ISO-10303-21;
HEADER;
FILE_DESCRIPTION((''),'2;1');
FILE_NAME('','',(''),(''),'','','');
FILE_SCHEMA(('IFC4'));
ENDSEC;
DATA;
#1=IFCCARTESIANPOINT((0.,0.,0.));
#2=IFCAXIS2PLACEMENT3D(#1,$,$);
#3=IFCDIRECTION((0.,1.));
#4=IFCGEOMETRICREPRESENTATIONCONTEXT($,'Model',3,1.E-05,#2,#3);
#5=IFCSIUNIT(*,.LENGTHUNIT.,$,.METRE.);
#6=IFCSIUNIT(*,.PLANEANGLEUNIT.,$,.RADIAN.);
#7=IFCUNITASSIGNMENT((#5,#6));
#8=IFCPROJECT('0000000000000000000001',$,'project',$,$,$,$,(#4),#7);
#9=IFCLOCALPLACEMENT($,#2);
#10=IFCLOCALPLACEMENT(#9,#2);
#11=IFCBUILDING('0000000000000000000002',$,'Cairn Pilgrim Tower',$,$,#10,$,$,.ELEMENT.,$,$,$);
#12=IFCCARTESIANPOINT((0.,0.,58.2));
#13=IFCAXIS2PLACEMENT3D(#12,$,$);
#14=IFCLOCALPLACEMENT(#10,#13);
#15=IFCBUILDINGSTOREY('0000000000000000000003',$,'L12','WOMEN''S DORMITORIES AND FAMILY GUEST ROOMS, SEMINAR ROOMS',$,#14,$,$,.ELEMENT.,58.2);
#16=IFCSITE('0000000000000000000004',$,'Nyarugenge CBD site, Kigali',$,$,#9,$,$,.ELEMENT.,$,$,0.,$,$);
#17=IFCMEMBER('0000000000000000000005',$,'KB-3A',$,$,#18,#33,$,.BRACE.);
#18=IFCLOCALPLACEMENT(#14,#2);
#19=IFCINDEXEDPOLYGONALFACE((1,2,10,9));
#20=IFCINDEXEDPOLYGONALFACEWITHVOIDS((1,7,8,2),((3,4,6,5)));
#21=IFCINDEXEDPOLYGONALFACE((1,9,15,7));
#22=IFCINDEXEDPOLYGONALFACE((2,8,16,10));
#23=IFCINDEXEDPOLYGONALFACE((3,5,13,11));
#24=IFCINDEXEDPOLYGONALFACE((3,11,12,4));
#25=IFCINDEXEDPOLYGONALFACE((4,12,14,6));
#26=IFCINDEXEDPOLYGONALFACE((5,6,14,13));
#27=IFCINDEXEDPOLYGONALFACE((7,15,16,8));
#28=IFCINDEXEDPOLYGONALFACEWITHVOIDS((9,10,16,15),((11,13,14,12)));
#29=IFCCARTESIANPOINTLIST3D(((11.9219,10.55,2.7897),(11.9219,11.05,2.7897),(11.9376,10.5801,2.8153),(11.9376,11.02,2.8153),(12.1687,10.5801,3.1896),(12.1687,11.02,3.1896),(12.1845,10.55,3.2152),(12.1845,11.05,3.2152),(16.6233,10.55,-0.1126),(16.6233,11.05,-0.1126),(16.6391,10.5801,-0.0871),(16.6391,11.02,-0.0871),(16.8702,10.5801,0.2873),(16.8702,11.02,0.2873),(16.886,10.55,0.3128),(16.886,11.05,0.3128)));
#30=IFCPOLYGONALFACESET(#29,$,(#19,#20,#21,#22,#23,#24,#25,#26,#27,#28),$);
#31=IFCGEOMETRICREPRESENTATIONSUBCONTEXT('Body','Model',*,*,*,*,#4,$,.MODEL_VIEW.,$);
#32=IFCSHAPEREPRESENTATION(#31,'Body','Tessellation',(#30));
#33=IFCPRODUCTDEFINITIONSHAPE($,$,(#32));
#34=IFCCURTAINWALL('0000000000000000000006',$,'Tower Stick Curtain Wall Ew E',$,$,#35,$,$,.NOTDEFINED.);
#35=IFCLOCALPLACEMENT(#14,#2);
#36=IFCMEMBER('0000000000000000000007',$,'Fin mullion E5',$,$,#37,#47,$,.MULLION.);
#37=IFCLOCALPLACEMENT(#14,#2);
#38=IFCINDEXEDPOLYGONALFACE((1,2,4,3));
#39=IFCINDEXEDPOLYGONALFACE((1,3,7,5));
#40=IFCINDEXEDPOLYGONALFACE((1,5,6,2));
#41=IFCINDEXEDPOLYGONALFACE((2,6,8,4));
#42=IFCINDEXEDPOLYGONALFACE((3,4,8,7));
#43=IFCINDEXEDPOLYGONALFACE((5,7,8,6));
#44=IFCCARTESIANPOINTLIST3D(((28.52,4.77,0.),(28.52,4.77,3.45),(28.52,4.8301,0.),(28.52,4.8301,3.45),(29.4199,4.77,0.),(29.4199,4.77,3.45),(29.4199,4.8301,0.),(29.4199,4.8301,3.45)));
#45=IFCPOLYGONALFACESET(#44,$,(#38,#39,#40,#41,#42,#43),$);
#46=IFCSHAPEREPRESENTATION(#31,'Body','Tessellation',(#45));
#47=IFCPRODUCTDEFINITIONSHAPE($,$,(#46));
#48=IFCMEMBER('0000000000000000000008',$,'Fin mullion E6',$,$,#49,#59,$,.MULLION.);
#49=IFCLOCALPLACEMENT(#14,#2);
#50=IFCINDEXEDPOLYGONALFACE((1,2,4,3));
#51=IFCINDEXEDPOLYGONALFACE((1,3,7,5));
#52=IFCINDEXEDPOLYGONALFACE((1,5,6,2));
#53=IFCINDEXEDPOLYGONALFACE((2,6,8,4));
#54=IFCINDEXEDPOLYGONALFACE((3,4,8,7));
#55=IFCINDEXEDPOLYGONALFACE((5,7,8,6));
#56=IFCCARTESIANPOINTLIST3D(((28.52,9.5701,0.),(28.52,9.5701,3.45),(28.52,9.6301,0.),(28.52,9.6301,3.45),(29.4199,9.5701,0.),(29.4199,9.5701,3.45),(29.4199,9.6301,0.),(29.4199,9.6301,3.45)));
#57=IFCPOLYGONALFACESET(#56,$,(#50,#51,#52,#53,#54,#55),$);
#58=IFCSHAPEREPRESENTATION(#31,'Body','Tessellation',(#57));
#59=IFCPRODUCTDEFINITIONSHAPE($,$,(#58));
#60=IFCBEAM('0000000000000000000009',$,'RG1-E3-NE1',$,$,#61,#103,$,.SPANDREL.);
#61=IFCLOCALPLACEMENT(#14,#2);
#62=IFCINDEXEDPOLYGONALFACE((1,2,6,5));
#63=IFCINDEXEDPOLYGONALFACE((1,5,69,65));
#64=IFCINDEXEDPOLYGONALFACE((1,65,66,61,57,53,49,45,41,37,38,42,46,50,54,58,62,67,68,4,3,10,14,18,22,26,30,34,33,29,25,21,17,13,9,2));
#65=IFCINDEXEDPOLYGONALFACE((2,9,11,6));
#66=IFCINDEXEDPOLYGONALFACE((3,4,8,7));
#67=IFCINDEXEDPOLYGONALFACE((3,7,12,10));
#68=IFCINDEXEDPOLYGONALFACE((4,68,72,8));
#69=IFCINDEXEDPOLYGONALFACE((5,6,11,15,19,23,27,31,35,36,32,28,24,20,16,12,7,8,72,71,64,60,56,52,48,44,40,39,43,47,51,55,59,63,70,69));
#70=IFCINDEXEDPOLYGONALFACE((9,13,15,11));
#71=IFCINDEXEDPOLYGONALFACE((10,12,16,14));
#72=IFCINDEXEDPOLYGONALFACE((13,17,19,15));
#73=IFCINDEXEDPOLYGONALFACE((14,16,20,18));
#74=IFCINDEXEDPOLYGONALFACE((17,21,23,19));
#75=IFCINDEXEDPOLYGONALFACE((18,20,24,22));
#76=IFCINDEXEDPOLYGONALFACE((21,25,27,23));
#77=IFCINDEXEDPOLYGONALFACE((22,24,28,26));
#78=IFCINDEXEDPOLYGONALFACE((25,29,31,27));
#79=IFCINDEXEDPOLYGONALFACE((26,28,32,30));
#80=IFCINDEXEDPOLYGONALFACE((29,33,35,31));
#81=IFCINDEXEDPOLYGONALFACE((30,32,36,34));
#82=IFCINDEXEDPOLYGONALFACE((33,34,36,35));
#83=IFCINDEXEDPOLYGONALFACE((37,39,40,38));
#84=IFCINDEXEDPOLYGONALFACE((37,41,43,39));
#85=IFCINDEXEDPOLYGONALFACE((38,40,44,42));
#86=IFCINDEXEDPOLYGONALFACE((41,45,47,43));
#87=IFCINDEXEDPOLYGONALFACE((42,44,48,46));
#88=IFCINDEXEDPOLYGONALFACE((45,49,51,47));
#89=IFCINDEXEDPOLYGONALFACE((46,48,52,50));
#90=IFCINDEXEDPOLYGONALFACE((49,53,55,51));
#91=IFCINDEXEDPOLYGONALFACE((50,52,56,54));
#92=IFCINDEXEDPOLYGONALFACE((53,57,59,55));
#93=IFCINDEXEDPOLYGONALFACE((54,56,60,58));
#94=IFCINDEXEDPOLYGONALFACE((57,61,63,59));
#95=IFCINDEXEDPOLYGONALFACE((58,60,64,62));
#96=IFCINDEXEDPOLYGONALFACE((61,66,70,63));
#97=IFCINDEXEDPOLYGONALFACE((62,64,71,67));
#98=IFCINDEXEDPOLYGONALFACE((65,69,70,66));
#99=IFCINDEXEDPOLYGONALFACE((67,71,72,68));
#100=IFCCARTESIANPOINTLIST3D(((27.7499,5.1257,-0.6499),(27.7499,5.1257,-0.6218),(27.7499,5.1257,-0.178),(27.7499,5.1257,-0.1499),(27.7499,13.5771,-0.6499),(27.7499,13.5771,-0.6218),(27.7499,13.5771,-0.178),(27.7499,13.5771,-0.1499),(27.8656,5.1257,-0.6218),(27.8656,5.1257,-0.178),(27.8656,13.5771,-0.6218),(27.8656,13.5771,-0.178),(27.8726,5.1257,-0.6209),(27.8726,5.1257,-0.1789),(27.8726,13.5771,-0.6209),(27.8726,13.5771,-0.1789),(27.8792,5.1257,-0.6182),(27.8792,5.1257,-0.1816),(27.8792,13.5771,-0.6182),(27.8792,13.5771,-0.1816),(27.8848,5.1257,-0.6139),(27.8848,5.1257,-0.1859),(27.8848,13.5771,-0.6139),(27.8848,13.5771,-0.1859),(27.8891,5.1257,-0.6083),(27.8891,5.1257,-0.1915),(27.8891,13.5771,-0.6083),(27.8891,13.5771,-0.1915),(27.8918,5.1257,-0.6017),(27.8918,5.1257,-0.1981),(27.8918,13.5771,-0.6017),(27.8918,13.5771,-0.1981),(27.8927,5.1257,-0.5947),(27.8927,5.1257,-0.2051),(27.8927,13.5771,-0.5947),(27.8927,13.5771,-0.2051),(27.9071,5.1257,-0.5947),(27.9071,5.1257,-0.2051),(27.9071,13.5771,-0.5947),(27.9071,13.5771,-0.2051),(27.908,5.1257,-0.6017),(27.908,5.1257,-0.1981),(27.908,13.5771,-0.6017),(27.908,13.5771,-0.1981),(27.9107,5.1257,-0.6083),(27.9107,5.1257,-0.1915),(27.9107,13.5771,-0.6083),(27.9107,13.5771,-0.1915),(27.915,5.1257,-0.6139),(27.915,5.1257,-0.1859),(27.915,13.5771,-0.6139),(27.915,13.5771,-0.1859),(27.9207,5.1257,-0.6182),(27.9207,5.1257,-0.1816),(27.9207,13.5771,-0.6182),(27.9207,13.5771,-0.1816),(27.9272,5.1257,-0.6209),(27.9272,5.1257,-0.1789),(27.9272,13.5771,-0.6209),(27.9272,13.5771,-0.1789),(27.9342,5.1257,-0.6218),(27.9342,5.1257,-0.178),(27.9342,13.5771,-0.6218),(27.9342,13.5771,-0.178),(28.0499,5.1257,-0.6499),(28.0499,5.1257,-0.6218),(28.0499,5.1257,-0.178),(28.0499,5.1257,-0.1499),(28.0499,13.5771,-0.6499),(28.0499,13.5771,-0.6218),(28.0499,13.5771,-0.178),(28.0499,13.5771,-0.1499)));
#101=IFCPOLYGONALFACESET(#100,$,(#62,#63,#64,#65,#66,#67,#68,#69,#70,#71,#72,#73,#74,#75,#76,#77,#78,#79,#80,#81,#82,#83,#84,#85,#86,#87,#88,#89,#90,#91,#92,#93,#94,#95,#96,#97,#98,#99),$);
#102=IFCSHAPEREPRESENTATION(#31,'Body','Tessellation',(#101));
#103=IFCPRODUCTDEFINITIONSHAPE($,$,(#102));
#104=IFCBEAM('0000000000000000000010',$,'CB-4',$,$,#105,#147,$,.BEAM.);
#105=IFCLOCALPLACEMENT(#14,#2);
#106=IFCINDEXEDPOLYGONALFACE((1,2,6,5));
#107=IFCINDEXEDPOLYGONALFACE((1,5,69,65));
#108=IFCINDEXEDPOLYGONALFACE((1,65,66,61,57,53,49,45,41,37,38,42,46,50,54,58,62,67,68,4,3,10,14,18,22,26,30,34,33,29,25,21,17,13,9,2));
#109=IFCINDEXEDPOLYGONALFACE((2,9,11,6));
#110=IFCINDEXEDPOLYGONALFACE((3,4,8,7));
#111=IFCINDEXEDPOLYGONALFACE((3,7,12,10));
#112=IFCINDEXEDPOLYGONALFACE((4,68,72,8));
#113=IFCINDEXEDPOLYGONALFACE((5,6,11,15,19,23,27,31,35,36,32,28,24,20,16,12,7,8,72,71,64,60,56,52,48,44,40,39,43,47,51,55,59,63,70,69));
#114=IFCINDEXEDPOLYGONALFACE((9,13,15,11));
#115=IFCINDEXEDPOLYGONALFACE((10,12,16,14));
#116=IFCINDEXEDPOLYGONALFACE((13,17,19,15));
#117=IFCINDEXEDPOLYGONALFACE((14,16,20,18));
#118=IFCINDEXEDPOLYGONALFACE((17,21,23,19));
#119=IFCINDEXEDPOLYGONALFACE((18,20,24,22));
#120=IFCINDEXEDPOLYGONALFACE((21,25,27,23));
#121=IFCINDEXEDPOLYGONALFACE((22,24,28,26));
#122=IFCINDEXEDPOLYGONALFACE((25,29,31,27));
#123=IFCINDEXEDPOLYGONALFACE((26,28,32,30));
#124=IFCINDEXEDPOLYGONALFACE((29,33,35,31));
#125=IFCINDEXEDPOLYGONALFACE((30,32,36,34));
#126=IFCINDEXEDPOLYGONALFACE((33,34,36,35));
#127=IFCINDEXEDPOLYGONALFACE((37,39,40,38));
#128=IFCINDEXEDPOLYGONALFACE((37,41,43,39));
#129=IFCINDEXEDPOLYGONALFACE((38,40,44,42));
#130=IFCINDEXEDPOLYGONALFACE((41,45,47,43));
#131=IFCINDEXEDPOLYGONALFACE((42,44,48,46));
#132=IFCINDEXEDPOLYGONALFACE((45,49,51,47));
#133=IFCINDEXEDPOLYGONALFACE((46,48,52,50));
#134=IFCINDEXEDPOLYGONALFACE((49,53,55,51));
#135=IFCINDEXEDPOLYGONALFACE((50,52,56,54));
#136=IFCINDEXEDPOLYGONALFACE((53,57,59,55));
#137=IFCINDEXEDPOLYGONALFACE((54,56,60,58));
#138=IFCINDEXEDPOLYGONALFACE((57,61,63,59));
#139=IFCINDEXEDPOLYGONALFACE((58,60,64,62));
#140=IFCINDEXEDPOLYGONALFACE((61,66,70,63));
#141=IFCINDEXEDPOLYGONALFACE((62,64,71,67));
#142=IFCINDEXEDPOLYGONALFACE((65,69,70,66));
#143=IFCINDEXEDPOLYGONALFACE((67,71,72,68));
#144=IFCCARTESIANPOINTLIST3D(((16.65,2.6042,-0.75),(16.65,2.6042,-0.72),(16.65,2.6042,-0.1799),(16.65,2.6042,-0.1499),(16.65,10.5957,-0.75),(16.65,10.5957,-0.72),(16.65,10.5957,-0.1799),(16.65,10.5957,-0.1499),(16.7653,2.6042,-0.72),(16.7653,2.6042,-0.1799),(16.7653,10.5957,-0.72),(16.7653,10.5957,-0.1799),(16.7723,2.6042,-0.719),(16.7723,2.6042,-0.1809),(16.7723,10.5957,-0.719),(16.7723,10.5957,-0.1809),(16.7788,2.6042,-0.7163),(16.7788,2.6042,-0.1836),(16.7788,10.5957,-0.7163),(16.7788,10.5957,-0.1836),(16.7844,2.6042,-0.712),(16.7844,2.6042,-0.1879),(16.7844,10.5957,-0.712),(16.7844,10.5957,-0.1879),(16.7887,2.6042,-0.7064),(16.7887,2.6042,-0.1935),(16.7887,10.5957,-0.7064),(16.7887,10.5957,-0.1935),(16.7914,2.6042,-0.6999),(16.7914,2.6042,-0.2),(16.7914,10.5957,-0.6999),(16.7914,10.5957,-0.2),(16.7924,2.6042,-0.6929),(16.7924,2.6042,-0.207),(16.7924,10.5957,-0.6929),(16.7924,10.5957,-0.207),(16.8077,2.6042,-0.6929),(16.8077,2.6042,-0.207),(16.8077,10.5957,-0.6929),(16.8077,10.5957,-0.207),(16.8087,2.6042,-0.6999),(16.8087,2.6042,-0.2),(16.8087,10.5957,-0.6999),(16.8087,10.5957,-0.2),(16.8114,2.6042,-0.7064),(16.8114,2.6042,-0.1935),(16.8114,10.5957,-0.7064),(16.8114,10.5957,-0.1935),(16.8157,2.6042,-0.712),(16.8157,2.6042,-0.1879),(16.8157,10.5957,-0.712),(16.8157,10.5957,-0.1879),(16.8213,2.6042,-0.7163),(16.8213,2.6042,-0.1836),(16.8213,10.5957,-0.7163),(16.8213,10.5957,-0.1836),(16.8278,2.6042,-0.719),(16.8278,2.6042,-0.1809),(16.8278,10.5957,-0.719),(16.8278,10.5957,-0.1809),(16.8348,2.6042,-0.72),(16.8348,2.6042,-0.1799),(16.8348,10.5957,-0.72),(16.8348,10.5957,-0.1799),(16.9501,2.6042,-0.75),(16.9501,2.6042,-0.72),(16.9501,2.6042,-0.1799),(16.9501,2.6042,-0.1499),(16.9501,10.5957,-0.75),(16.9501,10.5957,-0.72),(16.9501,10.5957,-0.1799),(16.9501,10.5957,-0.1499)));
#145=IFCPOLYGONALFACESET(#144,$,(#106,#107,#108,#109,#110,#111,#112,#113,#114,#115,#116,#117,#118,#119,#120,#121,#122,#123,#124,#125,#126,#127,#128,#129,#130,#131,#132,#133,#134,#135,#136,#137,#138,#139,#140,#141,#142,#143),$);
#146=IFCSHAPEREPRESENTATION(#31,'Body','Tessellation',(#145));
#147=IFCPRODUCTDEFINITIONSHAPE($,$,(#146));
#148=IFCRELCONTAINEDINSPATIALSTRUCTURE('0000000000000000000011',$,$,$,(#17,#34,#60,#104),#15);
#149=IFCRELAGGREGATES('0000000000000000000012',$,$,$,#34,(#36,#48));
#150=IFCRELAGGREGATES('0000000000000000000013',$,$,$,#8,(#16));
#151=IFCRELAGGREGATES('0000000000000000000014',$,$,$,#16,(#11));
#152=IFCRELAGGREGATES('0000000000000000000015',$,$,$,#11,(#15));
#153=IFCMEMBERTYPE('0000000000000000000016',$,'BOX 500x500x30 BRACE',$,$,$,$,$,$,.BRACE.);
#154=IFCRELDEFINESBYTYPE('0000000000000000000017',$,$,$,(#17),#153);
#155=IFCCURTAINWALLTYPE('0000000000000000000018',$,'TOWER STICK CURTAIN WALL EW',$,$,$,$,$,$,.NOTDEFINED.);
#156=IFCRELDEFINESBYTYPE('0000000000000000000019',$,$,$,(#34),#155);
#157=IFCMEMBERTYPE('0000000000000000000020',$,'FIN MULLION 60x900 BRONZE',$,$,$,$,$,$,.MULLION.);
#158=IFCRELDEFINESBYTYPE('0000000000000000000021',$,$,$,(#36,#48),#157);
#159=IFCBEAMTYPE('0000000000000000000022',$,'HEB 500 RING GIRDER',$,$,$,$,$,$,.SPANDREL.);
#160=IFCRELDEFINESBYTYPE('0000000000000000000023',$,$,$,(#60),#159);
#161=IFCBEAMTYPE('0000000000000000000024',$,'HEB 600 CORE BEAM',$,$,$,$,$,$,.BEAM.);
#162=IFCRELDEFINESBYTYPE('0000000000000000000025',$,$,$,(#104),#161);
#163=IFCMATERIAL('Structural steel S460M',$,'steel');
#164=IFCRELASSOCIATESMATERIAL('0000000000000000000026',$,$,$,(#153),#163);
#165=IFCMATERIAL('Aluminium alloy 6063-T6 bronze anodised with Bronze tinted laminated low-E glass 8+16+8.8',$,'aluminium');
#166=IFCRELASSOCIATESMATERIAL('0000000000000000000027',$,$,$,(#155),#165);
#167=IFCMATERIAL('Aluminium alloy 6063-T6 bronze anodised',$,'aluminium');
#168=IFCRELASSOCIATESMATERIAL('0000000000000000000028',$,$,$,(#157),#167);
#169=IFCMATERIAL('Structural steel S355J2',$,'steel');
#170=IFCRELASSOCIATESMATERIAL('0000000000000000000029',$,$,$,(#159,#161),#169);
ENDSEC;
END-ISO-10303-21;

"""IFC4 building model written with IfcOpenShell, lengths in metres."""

from ifc_helpers import new_model, si_unit, direction, frame, origin, origin_2d, place, context, subcontext, project, spatial, rectangle, hollow_rectangle, i_section, extrude, material, material_profile, profile_set, type_object, element, aggregate, save


model = new_model("IFC4")

# Units and contexts
model_context = context("Model", 3, precision=1e-05, world=origin(), true_north=direction((0.0, 1.0)))
body_context = subcontext(model_context, "Body", "Model", "MODEL_VIEW")
ifc_project = project(units=[si_unit("LENGTHUNIT", "METRE"), si_unit("PLANEANGLEUNIT", "RADIAN")], contexts=[model_context])

# Site, building, storey
site_placement = place(None, origin())
site = spatial("IfcSite", under=ifc_project, at=site_placement, Name="Nyarugenge CBD site, Kigali", CompositionType="ELEMENT", RefElevation=0.0)
building_placement = place(site_placement, origin())
building = spatial("IfcBuilding", under=site, at=building_placement, Name="Cairn Pilgrim Tower", CompositionType="ELEMENT")
storey_placement = place(building_placement, frame((0.0, 0.0, 58.2)))
storey = spatial("IfcBuildingStorey", under=building, at=storey_placement, Name="L12", Description="WOMEN'S DORMITORIES AND FAMILY GUEST ROOMS, SEMINAR ROOMS", CompositionType="ELEMENT", Elevation=58.2)

# Shared definitions
ifc_material_1 = material(Name="Structural steel S460M", Category="steel")

# Member
ifc_material_profile_1 = material_profile(ifc_material_1, hollow_rectangle(XDim=0.5, YDim=0.5, WallThickness=0.03, at=origin_2d()), Name="BOX 500x500x30")
ifc_profile_set_1 = profile_set([ifc_material_profile_1], Name="Structural steel S460M")
member_type_1 = type_object("IfcMemberType", Name="BOX 500x500x30 BRACE", PredefinedType="BRACE", material=ifc_profile_set_1)
member_1_placement = place(storey_placement, frame((16.7546, 10.8, 0.1001), z_axis=(-0.850917, 0.0, 0.5253), x_axis=(0.0, -1.0, 0.0)))
element("IfcMember", 1, at=member_1_placement, inside=storey, type_object=member_type_1, Name="KB-3A", PredefinedType="BRACE", context=body_context, shape_type="SweptSolid", body=[
    extrude(hollow_rectangle(XDim=0.5, YDim=0.5, WallThickness=0.03, at=origin_2d()), origin(), (0.0, 0.0, 1.0), 5.5251),
])

# Curtain wall, members
ifc_material_2 = material(Name="Aluminium alloy 6063-T6 bronze anodised with Bronze tinted laminated low-E glass 8+16+8.8", Category="aluminium")
curtain_wall_type = type_object("IfcCurtainWallType", Name="TOWER STICK CURTAIN WALL EW", PredefinedType="NOTDEFINED", material=ifc_material_2)
curtain_wall_placement = place(storey_placement, origin())
curtain_wall = element("IfcCurtainWall", 2, at=curtain_wall_placement, inside=storey, type_object=curtain_wall_type, Name="Tower Stick Curtain Wall Ew E", PredefinedType="NOTDEFINED")
ifc_material_3 = material(Name="Aluminium alloy 6063-T6 bronze anodised", Category="aluminium")
ifc_material_profile_2 = material_profile(ifc_material_3, rectangle(XDim=0.8999, YDim=0.0601, at=origin_2d()), Name="FIN MULLION 60x900 BRONZE")
ifc_profile_set_2 = profile_set([ifc_material_profile_2], Name="Aluminium alloy 6063-T6 bronze anodised")
member_type_2 = type_object("IfcMemberType", Name="FIN MULLION 60x900 BRONZE", PredefinedType="MULLION", material=ifc_profile_set_2)
member_2_placement = place(storey_placement, frame((28.97, 4.8, 0.0), z_axis=(0.0, 0.0, 1.0), x_axis=(1.0, 0.0, 0.0)))
member_2 = element("IfcMember", 3, at=member_2_placement, type_object=member_type_2, Name="Fin mullion E5", PredefinedType="MULLION", context=body_context, shape_type="SweptSolid", body=[
    extrude(rectangle(XDim=0.8999, YDim=0.0601, at=origin_2d()), origin(), (0.0, 0.0, 1.0), 3.45),
])
member_3_placement = place(storey_placement, frame((28.97, 9.6001, 0.0), z_axis=(0.0, 0.0, 1.0), x_axis=(1.0, 0.0, 0.0)))
member_3 = element("IfcMember", 4, at=member_3_placement, type_object=member_type_2, Name="Fin mullion E6", PredefinedType="MULLION", context=body_context, shape_type="SweptSolid", body=[
    extrude(rectangle(XDim=0.8999, YDim=0.0601, at=origin_2d()), origin(), (0.0, 0.0, 1.0), 3.45),
])

# Beams
ifc_material_4 = material(Name="Structural steel S355J2", Category="steel")
ifc_material_profile_3 = material_profile(ifc_material_4, i_section(OverallWidth=0.3, OverallDepth=0.5, WebThickness=0.0144, FlangeThickness=0.0281, FilletRadius=0.0271, at=origin_2d()), Name="HEB 500")
ifc_profile_set_3 = profile_set([ifc_material_profile_3], Name="Structural steel S355J2")
beam_type_1 = type_object("IfcBeamType", Name="HEB 500 RING GIRDER", PredefinedType="SPANDREL", material=ifc_profile_set_3)
beam_1_placement = place(storey_placement, frame((27.8999, 5.1257, -0.3999), z_axis=(0.0, 1.0, 0.0), x_axis=(-1.0, 0.0, 0.0)))
element("IfcBeam", 5, at=beam_1_placement, inside=storey, type_object=beam_type_1, Name="RG1-E3-NE1", PredefinedType="SPANDREL", context=body_context, shape_type="SweptSolid", body=[
    extrude(i_section(OverallWidth=0.3, OverallDepth=0.5, WebThickness=0.0144, FlangeThickness=0.0281, FilletRadius=0.0271, at=origin_2d()), origin(), (0.0, 0.0, 1.0), 8.4514),
])
ifc_material_profile_4 = material_profile(ifc_material_4, i_section(OverallWidth=0.3, OverallDepth=0.6001, WebThickness=0.0154, FlangeThickness=0.03, FilletRadius=0.0271, at=origin_2d()), Name="HEB 600")
ifc_profile_set_4 = profile_set([ifc_material_profile_4], Name="Structural steel S355J2")
beam_type_2 = type_object("IfcBeamType", Name="HEB 600 CORE BEAM", PredefinedType="BEAM", material=ifc_profile_set_4)
beam_2_placement = place(storey_placement, frame((16.8, 2.6042, -0.45), z_axis=(0.0, 1.0, 0.0), x_axis=(-1.0, 0.0, 0.0)))
element("IfcBeam", 6, at=beam_2_placement, inside=storey, type_object=beam_type_2, Name="CB-4", PredefinedType="BEAM", context=body_context, shape_type="SweptSolid", body=[
    extrude(i_section(OverallWidth=0.3, OverallDepth=0.6001, WebThickness=0.0154, FlangeThickness=0.03, FilletRadius=0.0271, at=origin_2d()), origin(), (0.0, 0.0, 1.0), 7.9915),
])

aggregate(curtain_wall, [member_2, member_3])

save(model, "model.ifc")
